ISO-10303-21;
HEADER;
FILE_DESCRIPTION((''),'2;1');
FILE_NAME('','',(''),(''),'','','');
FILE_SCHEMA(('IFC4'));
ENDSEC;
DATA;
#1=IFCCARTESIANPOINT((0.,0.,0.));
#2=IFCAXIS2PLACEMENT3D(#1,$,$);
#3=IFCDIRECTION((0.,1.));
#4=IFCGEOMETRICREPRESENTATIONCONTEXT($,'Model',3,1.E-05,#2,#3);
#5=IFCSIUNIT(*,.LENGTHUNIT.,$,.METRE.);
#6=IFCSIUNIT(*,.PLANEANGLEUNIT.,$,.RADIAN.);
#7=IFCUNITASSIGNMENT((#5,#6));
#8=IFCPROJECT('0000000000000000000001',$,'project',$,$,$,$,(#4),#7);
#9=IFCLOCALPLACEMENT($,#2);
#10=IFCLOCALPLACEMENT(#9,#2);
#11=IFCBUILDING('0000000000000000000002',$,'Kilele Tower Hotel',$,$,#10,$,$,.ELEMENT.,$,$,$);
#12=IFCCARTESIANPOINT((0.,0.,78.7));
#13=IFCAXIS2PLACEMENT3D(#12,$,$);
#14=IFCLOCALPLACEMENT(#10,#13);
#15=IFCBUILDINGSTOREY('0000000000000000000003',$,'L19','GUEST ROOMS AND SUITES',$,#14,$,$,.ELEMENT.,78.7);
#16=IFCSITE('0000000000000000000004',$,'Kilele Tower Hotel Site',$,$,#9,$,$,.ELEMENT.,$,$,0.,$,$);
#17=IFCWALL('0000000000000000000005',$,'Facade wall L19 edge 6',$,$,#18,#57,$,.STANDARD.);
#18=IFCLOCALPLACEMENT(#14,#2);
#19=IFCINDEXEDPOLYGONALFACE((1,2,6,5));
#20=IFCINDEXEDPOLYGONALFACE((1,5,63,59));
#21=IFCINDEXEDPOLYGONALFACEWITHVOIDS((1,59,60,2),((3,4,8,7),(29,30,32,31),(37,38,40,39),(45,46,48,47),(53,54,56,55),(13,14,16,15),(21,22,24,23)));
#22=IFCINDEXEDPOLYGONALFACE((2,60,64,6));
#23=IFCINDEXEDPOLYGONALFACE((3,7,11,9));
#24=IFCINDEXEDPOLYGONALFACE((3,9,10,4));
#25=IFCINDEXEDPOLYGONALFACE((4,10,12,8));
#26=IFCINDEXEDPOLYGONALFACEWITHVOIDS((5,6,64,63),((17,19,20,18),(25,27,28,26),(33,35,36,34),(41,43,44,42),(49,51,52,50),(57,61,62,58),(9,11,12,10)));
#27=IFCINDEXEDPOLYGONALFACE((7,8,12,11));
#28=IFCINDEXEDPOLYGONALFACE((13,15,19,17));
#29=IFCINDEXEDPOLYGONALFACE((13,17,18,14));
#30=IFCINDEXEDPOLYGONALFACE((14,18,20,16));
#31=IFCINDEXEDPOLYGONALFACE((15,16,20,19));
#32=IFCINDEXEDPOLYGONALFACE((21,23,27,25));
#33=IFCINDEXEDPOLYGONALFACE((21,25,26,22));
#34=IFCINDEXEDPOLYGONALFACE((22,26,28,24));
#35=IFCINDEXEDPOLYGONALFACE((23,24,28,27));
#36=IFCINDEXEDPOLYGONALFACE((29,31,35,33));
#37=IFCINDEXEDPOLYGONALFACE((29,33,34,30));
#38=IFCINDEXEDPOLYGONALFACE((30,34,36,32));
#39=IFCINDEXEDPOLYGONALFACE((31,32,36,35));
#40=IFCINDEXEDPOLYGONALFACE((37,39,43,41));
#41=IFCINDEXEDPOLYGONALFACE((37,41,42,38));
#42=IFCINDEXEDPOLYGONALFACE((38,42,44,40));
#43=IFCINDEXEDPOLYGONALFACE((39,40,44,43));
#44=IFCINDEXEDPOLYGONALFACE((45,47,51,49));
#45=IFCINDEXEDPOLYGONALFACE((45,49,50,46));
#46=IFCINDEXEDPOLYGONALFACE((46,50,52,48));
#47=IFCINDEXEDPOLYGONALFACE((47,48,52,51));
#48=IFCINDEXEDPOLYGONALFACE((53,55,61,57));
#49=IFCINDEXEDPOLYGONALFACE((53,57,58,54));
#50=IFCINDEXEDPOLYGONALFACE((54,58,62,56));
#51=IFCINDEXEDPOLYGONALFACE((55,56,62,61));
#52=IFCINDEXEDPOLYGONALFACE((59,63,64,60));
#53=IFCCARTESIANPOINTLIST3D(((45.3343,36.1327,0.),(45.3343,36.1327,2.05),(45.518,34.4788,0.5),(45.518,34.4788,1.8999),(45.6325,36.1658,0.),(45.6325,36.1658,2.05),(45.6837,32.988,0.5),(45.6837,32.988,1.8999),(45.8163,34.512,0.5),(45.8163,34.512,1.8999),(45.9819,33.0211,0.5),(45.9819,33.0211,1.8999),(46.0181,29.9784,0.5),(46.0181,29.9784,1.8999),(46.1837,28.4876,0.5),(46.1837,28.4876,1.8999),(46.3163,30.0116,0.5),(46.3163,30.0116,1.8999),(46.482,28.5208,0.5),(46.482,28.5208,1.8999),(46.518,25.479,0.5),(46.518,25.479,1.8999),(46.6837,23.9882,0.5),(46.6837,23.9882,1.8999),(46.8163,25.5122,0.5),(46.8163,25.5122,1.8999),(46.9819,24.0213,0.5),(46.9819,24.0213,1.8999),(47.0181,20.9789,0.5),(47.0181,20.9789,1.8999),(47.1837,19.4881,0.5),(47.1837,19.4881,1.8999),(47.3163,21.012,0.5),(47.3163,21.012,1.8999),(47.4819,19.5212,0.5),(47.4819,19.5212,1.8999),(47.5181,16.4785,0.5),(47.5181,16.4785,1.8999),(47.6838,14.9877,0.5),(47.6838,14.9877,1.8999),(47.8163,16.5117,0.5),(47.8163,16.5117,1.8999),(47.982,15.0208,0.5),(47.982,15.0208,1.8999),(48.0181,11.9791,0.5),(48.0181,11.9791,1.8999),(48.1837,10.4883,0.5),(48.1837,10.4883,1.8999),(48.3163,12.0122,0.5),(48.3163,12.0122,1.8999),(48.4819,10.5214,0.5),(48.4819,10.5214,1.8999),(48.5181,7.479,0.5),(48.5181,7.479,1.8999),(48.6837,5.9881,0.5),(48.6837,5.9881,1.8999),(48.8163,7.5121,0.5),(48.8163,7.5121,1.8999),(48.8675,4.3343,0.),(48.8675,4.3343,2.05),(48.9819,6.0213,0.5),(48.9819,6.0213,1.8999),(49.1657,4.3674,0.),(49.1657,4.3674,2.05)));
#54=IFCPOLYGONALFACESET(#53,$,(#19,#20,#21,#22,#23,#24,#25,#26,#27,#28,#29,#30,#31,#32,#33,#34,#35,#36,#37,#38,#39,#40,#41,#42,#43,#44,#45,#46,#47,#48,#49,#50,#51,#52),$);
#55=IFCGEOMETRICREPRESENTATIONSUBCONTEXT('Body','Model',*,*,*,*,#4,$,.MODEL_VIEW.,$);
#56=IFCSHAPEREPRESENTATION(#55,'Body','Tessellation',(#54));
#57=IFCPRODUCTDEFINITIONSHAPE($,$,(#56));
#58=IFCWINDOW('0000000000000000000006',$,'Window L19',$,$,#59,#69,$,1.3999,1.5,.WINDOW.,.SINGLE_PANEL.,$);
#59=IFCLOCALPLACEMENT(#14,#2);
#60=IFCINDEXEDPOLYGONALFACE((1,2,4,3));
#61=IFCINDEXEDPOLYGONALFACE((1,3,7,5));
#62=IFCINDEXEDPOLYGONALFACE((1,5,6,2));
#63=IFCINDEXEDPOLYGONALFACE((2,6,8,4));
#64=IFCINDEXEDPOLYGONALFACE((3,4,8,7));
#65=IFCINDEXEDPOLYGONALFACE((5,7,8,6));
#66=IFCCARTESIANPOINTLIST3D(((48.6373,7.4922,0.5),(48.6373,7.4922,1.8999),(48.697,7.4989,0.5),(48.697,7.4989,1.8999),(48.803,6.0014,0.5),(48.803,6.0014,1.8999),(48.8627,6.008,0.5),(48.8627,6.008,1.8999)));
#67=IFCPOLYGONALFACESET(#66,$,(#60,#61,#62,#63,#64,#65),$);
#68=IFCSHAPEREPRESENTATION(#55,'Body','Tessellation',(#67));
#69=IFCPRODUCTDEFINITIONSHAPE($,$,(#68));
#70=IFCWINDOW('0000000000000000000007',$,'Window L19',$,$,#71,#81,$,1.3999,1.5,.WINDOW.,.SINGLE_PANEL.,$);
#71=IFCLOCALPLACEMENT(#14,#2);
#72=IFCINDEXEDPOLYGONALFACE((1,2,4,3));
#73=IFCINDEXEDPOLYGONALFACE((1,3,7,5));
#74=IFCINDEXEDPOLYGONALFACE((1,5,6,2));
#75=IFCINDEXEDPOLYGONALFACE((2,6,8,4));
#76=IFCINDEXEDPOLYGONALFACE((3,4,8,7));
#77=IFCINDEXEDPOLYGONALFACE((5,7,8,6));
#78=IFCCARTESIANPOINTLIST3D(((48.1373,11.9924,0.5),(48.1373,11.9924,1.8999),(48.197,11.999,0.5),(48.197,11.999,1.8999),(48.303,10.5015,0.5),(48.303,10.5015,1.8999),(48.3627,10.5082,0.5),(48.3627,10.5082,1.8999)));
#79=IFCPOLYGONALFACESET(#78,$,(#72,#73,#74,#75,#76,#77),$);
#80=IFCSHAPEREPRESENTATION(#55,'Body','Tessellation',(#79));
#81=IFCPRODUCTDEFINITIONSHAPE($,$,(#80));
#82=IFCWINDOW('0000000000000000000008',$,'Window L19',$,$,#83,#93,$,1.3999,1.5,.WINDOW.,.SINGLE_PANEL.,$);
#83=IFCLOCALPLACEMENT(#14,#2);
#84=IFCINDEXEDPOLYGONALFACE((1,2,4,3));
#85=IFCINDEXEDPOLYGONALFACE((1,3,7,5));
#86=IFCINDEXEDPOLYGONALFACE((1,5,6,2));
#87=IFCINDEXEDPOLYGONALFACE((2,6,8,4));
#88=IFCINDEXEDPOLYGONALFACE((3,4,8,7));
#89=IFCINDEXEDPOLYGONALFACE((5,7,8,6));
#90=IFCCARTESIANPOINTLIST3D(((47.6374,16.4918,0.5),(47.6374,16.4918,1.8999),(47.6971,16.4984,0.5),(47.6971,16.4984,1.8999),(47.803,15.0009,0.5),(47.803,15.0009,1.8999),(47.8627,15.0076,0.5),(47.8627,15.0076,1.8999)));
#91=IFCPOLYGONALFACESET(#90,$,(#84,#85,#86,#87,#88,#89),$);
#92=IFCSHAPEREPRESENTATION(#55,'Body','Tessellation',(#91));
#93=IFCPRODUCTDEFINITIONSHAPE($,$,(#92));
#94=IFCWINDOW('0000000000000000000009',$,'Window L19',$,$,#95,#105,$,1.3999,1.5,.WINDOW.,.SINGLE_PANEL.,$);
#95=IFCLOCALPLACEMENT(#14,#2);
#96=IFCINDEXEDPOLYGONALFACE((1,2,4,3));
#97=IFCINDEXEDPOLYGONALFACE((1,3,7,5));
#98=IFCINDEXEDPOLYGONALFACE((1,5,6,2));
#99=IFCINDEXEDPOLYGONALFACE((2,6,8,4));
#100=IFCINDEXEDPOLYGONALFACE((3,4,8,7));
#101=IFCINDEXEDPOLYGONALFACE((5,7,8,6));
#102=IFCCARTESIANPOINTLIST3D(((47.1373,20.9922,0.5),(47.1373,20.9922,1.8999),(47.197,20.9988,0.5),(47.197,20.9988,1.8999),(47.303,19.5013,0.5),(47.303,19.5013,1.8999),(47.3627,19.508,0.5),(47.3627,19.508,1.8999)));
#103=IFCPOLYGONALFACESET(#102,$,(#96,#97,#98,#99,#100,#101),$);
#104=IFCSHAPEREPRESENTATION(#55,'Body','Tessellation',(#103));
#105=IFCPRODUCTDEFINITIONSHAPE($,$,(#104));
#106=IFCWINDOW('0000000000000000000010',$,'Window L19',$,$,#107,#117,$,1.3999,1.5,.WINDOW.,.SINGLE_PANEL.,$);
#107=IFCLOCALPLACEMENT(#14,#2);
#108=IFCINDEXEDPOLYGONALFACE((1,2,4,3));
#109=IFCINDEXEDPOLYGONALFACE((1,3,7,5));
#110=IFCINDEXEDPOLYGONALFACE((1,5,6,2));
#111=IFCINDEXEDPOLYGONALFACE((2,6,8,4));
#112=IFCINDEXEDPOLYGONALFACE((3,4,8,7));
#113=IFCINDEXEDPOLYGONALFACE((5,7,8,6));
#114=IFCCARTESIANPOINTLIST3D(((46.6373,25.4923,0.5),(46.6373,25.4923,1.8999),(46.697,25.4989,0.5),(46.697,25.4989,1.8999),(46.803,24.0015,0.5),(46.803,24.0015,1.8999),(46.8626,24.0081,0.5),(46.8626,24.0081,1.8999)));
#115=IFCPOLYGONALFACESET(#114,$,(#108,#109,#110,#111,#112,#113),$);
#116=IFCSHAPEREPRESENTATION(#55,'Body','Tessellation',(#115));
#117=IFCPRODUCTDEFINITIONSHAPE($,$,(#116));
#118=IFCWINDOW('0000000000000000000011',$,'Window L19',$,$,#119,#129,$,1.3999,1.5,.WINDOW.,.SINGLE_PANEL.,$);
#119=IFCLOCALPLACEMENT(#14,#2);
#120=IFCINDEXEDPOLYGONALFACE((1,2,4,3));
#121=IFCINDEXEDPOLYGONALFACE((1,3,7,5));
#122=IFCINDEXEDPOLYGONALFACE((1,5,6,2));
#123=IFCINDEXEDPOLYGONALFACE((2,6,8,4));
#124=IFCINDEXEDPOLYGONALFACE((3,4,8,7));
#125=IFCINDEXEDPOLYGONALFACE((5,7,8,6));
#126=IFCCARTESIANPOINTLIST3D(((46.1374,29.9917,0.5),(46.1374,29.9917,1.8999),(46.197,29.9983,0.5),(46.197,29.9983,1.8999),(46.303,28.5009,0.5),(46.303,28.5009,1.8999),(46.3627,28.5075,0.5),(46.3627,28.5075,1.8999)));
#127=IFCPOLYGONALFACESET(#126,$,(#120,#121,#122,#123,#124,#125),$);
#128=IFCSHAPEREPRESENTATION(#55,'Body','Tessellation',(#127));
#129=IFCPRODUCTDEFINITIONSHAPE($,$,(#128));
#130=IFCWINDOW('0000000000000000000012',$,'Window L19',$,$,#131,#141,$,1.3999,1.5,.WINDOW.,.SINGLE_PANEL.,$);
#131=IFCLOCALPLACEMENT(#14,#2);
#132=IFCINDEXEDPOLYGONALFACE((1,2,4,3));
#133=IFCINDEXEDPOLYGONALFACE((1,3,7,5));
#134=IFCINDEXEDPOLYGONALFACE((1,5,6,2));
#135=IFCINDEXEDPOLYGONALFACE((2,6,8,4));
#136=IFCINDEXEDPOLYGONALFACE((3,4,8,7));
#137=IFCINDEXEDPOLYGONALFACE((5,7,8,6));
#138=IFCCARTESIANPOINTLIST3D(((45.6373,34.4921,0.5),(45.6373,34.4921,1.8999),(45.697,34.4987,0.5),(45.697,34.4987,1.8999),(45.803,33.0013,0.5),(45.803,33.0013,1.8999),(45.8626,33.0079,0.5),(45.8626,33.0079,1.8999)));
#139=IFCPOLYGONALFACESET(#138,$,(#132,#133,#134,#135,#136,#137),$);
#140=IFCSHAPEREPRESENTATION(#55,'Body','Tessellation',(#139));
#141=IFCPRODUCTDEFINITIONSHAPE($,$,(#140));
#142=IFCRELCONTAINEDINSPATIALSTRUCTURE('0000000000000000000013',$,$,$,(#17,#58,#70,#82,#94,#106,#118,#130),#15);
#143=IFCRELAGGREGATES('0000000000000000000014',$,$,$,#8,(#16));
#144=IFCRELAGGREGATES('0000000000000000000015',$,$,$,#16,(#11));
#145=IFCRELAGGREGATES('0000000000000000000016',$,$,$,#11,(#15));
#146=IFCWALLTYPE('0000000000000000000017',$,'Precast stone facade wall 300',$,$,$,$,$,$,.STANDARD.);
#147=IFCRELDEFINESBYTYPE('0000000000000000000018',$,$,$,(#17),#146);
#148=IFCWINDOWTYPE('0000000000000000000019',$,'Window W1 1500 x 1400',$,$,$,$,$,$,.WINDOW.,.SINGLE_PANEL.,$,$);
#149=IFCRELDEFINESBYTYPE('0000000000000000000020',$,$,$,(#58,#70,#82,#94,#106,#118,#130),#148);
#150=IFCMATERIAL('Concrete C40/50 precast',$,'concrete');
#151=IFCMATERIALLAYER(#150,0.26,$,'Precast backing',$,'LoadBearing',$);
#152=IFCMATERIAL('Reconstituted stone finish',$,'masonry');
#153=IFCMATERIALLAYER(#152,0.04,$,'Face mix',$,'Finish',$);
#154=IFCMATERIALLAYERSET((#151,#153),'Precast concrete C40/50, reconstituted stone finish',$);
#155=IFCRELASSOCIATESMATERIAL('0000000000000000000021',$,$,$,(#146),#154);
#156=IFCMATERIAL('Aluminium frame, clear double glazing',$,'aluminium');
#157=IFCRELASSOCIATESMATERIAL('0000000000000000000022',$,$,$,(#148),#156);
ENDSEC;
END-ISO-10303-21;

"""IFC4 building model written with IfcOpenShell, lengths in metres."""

from ifc_helpers import new_model, si_unit, direction, frame, frame_2d, origin, place, context, subcontext, project, spatial, rectangle, extrude, material, layer, layer_set, type_object, element, fill, save


model = new_model("IFC4")

# Units and contexts
model_context = context("Model", 3, precision=1e-05, world=origin(), true_north=direction((0.0, 1.0)))
body_context = subcontext(model_context, "Body", "Model", "MODEL_VIEW")
ifc_project = project(units=[si_unit("LENGTHUNIT", "METRE"), si_unit("PLANEANGLEUNIT", "RADIAN")], contexts=[model_context])

# Site, building, storey
site_placement = place(None, origin())
site = spatial("IfcSite", under=ifc_project, at=site_placement, Name="Kilele Tower Hotel Site", CompositionType="ELEMENT", RefElevation=0.0)
building_placement = place(site_placement, origin())
building = spatial("IfcBuilding", under=site, at=building_placement, Name="Kilele Tower Hotel", CompositionType="ELEMENT")
storey_placement = place(building_placement, frame((0.0, 0.0, 78.7)))
storey = spatial("IfcBuildingStorey", under=building, at=storey_placement, Name="L19", Description="GUEST ROOMS AND SUITES", CompositionType="ELEMENT", Elevation=78.7)

# Shared definitions
ifc_material_1 = material(Name="Concrete C40/50 precast", Category="concrete")
ifc_layer_1 = layer(ifc_material_1, 0.26, Name="Precast backing", Category="LoadBearing")
ifc_material_2 = material(Name="Reconstituted stone finish", Category="masonry")
ifc_layer_2 = layer(ifc_material_2, 0.04, Name="Face mix", Category="Finish")
ifc_layer_set_1 = layer_set([ifc_layer_1, ifc_layer_2], Name="Precast concrete C40/50, reconstituted stone finish")
wall_type_1 = type_object("IfcWallType", Name="Precast stone facade wall 300", PredefinedType="STANDARD", material=ifc_layer_set_1)
ifc_material_3 = material(Name="Aluminium frame, clear double glazing", Category="aluminium")
window_type = type_object("IfcWindowType", Name="Window W1 1500 x 1400", PartitioningType="SINGLE_PANEL", PredefinedType="WINDOW", material=ifc_material_3)

# Wall, openings, windows
wall_1_placement = place(storey_placement, frame((49.0166, 4.3508, 0.0), z_axis=(0.0, 0.0, 1.0), x_axis=(-0.110433, 0.993884, 0.0)))
wall_1 = element("IfcWall", 1, at=wall_1_placement, inside=storey, type_object=wall_type_1, Name="Facade wall L19 edge 6", PredefinedType="STANDARD", context=body_context, shape_type="SweptSolid", body=[
    extrude(rectangle(XDim=31.9941, YDim=0.3, at=frame_2d((15.9971, 0.0))), origin(), (0.0, 0.0, 1.0), 2.05),
])
opening_1_placement = place(wall_1_placement, frame((1.6641, 0.0, 0.5)))
opening_1 = element("IfcOpeningElement", 2, at=opening_1_placement, cuts=wall_1, PredefinedType="OPENING", context=body_context, shape_type="SweptSolid", body=[
    extrude(rectangle(XDim=1.5, YDim=1.3999, at=frame_2d((0.75, 0.7))), frame((0.0, 0.1599, 0.0), z_axis=(0.0, -1.0, 0.0), x_axis=(1.0, 0.0, 0.0)), (0.0, 0.0, 1.0), 0.3201),
])
opening_2_placement = place(wall_1_placement, frame((6.1919, 0.0, 0.5)))
opening_2 = element("IfcOpeningElement", 3, at=opening_2_placement, cuts=wall_1, PredefinedType="OPENING", context=body_context, shape_type="SweptSolid", body=[
    extrude(rectangle(XDim=1.5, YDim=1.3999, at=frame_2d((0.75, 0.7))), frame((0.0, 0.1599, 0.0), z_axis=(0.0, -1.0, 0.0), x_axis=(1.0, 0.0, 0.0)), (0.0, 0.0, 1.0), 0.3201),
])
opening_3_placement = place(wall_1_placement, frame((10.719, 0.0, 0.5)))
opening_3 = element("IfcOpeningElement", 4, at=opening_3_placement, cuts=wall_1, PredefinedType="OPENING", context=body_context, shape_type="SweptSolid", body=[
    extrude(rectangle(XDim=1.5, YDim=1.3999, at=frame_2d((0.75, 0.7))), frame((0.0, 0.1599, 0.0), z_axis=(0.0, -1.0, 0.0), x_axis=(1.0, 0.0, 0.0)), (0.0, 0.0, 1.0), 0.3201),
])
opening_4_placement = place(wall_1_placement, frame((15.2471, 0.0, 0.5)))
opening_4 = element("IfcOpeningElement", 5, at=opening_4_placement, cuts=wall_1, PredefinedType="OPENING", context=body_context, shape_type="SweptSolid", body=[
    extrude(rectangle(XDim=1.5, YDim=1.3999, at=frame_2d((0.75, 0.7))), frame((0.0, 0.1599, 0.0), z_axis=(0.0, -1.0, 0.0), x_axis=(1.0, 0.0, 0.0)), (0.0, 0.0, 1.0), 0.3201),
])
opening_5_placement = place(wall_1_placement, frame((19.7749, 0.0, 0.5)))
opening_5 = element("IfcOpeningElement", 6, at=opening_5_placement, cuts=wall_1, PredefinedType="OPENING", context=body_context, shape_type="SweptSolid", body=[
    extrude(rectangle(XDim=1.5, YDim=1.3999, at=frame_2d((0.75, 0.7))), frame((0.0, 0.1599, 0.0), z_axis=(0.0, -1.0, 0.0), x_axis=(1.0, 0.0, 0.0)), (0.0, 0.0, 1.0), 0.3201),
])
opening_6_placement = place(wall_1_placement, frame((24.302, 0.0, 0.5)))
opening_6 = element("IfcOpeningElement", 7, at=opening_6_placement, cuts=wall_1, PredefinedType="OPENING", context=body_context, shape_type="SweptSolid", body=[
    extrude(rectangle(XDim=1.5, YDim=1.3999, at=frame_2d((0.75, 0.7))), frame((0.0, 0.1599, 0.0), z_axis=(0.0, -1.0, 0.0), x_axis=(1.0, 0.0, 0.0)), (0.0, 0.0, 1.0), 0.3201),
])
opening_7_placement = place(wall_1_placement, frame((28.8301, 0.0, 0.5)))
opening_7 = element("IfcOpeningElement", 8, at=opening_7_placement, cuts=wall_1, PredefinedType="OPENING", context=body_context, shape_type="SweptSolid", body=[
    extrude(rectangle(XDim=1.5, YDim=1.3999, at=frame_2d((0.75, 0.7))), frame((0.0, 0.1599, 0.0), z_axis=(0.0, -1.0, 0.0), x_axis=(1.0, 0.0, 0.0)), (0.0, 0.0, 1.0), 0.3201),
])
window_1_placement = place(opening_1_placement, origin())
window_1 = element("IfcWindow", 9, at=window_1_placement, inside=storey, type_object=window_type, Name="Window L19", OverallHeight=1.3999, OverallWidth=1.5, PartitioningType="SINGLE_PANEL", PredefinedType="WINDOW", context=body_context, shape_type="SweptSolid", body=[
    extrude(rectangle(XDim=1.5, YDim=1.3999, at=frame_2d((0.75, 0.7))), frame((0.0, 0.03, 0.0), z_axis=(0.0, -1.0, 0.0), x_axis=(1.0, 0.0, 0.0)), (0.0, 0.0, 1.0), 0.0601),
])
fill(opening_1, window_1)
window_2_placement = place(opening_2_placement, origin())
window_2 = element("IfcWindow", 10, at=window_2_placement, inside=storey, type_object=window_type, Name="Window L19", OverallHeight=1.3999, OverallWidth=1.5, PartitioningType="SINGLE_PANEL", PredefinedType="WINDOW", context=body_context, shape_type="SweptSolid", body=[
    extrude(rectangle(XDim=1.5, YDim=1.3999, at=frame_2d((0.75, 0.7))), frame((0.0, 0.03, 0.0), z_axis=(0.0, -1.0, 0.0), x_axis=(1.0, 0.0, 0.0)), (0.0, 0.0, 1.0), 0.0601),
])
fill(opening_2, window_2)
window_3_placement = place(opening_3_placement, origin())
window_3 = element("IfcWindow", 11, at=window_3_placement, inside=storey, type_object=window_type, Name="Window L19", OverallHeight=1.3999, OverallWidth=1.5, PartitioningType="SINGLE_PANEL", PredefinedType="WINDOW", context=body_context, shape_type="SweptSolid", body=[
    extrude(rectangle(XDim=1.5, YDim=1.3999, at=frame_2d((0.75, 0.7))), frame((0.0, 0.03, 0.0), z_axis=(0.0, -1.0, 0.0), x_axis=(1.0, 0.0, 0.0)), (0.0, 0.0, 1.0), 0.0601),
])
fill(opening_3, window_3)
window_4_placement = place(opening_4_placement, origin())
window_4 = element("IfcWindow", 12, at=window_4_placement, inside=storey, type_object=window_type, Name="Window L19", OverallHeight=1.3999, OverallWidth=1.5, PartitioningType="SINGLE_PANEL", PredefinedType="WINDOW", context=body_context, shape_type="SweptSolid", body=[
    extrude(rectangle(XDim=1.5, YDim=1.3999, at=frame_2d((0.75, 0.7))), frame((0.0, 0.03, 0.0), z_axis=(0.0, -1.0, 0.0), x_axis=(1.0, 0.0, 0.0)), (0.0, 0.0, 1.0), 0.0601),
])
fill(opening_4, window_4)
window_5_placement = place(opening_5_placement, origin())
window_5 = element("IfcWindow", 13, at=window_5_placement, inside=storey, type_object=window_type, Name="Window L19", OverallHeight=1.3999, OverallWidth=1.5, PartitioningType="SINGLE_PANEL", PredefinedType="WINDOW", context=body_context, shape_type="SweptSolid", body=[
    extrude(rectangle(XDim=1.5, YDim=1.3999, at=frame_2d((0.75, 0.7))), frame((0.0, 0.03, 0.0), z_axis=(0.0, -1.0, 0.0), x_axis=(1.0, 0.0, 0.0)), (0.0, 0.0, 1.0), 0.0601),
])
fill(opening_5, window_5)
window_6_placement = place(opening_6_placement, origin())
window_6 = element("IfcWindow", 14, at=window_6_placement, inside=storey, type_object=window_type, Name="Window L19", OverallHeight=1.3999, OverallWidth=1.5, PartitioningType="SINGLE_PANEL", PredefinedType="WINDOW", context=body_context, shape_type="SweptSolid", body=[
    extrude(rectangle(XDim=1.5, YDim=1.3999, at=frame_2d((0.75, 0.7))), frame((0.0, 0.03, 0.0), z_axis=(0.0, -1.0, 0.0), x_axis=(1.0, 0.0, 0.0)), (0.0, 0.0, 1.0), 0.0601),
])
fill(opening_6, window_6)
window_7_placement = place(opening_7_placement, origin())
window_7 = element("IfcWindow", 15, at=window_7_placement, inside=storey, type_object=window_type, Name="Window L19", OverallHeight=1.3999, OverallWidth=1.5, PartitioningType="SINGLE_PANEL", PredefinedType="WINDOW", context=body_context, shape_type="SweptSolid", body=[
    extrude(rectangle(XDim=1.5, YDim=1.3999, at=frame_2d((0.75, 0.7))), frame((0.0, 0.03, 0.0), z_axis=(0.0, -1.0, 0.0), x_axis=(1.0, 0.0, 0.0)), (0.0, 0.0, 1.0), 0.0601),
])
fill(opening_7, window_7)

save(model, "model.ifc")
